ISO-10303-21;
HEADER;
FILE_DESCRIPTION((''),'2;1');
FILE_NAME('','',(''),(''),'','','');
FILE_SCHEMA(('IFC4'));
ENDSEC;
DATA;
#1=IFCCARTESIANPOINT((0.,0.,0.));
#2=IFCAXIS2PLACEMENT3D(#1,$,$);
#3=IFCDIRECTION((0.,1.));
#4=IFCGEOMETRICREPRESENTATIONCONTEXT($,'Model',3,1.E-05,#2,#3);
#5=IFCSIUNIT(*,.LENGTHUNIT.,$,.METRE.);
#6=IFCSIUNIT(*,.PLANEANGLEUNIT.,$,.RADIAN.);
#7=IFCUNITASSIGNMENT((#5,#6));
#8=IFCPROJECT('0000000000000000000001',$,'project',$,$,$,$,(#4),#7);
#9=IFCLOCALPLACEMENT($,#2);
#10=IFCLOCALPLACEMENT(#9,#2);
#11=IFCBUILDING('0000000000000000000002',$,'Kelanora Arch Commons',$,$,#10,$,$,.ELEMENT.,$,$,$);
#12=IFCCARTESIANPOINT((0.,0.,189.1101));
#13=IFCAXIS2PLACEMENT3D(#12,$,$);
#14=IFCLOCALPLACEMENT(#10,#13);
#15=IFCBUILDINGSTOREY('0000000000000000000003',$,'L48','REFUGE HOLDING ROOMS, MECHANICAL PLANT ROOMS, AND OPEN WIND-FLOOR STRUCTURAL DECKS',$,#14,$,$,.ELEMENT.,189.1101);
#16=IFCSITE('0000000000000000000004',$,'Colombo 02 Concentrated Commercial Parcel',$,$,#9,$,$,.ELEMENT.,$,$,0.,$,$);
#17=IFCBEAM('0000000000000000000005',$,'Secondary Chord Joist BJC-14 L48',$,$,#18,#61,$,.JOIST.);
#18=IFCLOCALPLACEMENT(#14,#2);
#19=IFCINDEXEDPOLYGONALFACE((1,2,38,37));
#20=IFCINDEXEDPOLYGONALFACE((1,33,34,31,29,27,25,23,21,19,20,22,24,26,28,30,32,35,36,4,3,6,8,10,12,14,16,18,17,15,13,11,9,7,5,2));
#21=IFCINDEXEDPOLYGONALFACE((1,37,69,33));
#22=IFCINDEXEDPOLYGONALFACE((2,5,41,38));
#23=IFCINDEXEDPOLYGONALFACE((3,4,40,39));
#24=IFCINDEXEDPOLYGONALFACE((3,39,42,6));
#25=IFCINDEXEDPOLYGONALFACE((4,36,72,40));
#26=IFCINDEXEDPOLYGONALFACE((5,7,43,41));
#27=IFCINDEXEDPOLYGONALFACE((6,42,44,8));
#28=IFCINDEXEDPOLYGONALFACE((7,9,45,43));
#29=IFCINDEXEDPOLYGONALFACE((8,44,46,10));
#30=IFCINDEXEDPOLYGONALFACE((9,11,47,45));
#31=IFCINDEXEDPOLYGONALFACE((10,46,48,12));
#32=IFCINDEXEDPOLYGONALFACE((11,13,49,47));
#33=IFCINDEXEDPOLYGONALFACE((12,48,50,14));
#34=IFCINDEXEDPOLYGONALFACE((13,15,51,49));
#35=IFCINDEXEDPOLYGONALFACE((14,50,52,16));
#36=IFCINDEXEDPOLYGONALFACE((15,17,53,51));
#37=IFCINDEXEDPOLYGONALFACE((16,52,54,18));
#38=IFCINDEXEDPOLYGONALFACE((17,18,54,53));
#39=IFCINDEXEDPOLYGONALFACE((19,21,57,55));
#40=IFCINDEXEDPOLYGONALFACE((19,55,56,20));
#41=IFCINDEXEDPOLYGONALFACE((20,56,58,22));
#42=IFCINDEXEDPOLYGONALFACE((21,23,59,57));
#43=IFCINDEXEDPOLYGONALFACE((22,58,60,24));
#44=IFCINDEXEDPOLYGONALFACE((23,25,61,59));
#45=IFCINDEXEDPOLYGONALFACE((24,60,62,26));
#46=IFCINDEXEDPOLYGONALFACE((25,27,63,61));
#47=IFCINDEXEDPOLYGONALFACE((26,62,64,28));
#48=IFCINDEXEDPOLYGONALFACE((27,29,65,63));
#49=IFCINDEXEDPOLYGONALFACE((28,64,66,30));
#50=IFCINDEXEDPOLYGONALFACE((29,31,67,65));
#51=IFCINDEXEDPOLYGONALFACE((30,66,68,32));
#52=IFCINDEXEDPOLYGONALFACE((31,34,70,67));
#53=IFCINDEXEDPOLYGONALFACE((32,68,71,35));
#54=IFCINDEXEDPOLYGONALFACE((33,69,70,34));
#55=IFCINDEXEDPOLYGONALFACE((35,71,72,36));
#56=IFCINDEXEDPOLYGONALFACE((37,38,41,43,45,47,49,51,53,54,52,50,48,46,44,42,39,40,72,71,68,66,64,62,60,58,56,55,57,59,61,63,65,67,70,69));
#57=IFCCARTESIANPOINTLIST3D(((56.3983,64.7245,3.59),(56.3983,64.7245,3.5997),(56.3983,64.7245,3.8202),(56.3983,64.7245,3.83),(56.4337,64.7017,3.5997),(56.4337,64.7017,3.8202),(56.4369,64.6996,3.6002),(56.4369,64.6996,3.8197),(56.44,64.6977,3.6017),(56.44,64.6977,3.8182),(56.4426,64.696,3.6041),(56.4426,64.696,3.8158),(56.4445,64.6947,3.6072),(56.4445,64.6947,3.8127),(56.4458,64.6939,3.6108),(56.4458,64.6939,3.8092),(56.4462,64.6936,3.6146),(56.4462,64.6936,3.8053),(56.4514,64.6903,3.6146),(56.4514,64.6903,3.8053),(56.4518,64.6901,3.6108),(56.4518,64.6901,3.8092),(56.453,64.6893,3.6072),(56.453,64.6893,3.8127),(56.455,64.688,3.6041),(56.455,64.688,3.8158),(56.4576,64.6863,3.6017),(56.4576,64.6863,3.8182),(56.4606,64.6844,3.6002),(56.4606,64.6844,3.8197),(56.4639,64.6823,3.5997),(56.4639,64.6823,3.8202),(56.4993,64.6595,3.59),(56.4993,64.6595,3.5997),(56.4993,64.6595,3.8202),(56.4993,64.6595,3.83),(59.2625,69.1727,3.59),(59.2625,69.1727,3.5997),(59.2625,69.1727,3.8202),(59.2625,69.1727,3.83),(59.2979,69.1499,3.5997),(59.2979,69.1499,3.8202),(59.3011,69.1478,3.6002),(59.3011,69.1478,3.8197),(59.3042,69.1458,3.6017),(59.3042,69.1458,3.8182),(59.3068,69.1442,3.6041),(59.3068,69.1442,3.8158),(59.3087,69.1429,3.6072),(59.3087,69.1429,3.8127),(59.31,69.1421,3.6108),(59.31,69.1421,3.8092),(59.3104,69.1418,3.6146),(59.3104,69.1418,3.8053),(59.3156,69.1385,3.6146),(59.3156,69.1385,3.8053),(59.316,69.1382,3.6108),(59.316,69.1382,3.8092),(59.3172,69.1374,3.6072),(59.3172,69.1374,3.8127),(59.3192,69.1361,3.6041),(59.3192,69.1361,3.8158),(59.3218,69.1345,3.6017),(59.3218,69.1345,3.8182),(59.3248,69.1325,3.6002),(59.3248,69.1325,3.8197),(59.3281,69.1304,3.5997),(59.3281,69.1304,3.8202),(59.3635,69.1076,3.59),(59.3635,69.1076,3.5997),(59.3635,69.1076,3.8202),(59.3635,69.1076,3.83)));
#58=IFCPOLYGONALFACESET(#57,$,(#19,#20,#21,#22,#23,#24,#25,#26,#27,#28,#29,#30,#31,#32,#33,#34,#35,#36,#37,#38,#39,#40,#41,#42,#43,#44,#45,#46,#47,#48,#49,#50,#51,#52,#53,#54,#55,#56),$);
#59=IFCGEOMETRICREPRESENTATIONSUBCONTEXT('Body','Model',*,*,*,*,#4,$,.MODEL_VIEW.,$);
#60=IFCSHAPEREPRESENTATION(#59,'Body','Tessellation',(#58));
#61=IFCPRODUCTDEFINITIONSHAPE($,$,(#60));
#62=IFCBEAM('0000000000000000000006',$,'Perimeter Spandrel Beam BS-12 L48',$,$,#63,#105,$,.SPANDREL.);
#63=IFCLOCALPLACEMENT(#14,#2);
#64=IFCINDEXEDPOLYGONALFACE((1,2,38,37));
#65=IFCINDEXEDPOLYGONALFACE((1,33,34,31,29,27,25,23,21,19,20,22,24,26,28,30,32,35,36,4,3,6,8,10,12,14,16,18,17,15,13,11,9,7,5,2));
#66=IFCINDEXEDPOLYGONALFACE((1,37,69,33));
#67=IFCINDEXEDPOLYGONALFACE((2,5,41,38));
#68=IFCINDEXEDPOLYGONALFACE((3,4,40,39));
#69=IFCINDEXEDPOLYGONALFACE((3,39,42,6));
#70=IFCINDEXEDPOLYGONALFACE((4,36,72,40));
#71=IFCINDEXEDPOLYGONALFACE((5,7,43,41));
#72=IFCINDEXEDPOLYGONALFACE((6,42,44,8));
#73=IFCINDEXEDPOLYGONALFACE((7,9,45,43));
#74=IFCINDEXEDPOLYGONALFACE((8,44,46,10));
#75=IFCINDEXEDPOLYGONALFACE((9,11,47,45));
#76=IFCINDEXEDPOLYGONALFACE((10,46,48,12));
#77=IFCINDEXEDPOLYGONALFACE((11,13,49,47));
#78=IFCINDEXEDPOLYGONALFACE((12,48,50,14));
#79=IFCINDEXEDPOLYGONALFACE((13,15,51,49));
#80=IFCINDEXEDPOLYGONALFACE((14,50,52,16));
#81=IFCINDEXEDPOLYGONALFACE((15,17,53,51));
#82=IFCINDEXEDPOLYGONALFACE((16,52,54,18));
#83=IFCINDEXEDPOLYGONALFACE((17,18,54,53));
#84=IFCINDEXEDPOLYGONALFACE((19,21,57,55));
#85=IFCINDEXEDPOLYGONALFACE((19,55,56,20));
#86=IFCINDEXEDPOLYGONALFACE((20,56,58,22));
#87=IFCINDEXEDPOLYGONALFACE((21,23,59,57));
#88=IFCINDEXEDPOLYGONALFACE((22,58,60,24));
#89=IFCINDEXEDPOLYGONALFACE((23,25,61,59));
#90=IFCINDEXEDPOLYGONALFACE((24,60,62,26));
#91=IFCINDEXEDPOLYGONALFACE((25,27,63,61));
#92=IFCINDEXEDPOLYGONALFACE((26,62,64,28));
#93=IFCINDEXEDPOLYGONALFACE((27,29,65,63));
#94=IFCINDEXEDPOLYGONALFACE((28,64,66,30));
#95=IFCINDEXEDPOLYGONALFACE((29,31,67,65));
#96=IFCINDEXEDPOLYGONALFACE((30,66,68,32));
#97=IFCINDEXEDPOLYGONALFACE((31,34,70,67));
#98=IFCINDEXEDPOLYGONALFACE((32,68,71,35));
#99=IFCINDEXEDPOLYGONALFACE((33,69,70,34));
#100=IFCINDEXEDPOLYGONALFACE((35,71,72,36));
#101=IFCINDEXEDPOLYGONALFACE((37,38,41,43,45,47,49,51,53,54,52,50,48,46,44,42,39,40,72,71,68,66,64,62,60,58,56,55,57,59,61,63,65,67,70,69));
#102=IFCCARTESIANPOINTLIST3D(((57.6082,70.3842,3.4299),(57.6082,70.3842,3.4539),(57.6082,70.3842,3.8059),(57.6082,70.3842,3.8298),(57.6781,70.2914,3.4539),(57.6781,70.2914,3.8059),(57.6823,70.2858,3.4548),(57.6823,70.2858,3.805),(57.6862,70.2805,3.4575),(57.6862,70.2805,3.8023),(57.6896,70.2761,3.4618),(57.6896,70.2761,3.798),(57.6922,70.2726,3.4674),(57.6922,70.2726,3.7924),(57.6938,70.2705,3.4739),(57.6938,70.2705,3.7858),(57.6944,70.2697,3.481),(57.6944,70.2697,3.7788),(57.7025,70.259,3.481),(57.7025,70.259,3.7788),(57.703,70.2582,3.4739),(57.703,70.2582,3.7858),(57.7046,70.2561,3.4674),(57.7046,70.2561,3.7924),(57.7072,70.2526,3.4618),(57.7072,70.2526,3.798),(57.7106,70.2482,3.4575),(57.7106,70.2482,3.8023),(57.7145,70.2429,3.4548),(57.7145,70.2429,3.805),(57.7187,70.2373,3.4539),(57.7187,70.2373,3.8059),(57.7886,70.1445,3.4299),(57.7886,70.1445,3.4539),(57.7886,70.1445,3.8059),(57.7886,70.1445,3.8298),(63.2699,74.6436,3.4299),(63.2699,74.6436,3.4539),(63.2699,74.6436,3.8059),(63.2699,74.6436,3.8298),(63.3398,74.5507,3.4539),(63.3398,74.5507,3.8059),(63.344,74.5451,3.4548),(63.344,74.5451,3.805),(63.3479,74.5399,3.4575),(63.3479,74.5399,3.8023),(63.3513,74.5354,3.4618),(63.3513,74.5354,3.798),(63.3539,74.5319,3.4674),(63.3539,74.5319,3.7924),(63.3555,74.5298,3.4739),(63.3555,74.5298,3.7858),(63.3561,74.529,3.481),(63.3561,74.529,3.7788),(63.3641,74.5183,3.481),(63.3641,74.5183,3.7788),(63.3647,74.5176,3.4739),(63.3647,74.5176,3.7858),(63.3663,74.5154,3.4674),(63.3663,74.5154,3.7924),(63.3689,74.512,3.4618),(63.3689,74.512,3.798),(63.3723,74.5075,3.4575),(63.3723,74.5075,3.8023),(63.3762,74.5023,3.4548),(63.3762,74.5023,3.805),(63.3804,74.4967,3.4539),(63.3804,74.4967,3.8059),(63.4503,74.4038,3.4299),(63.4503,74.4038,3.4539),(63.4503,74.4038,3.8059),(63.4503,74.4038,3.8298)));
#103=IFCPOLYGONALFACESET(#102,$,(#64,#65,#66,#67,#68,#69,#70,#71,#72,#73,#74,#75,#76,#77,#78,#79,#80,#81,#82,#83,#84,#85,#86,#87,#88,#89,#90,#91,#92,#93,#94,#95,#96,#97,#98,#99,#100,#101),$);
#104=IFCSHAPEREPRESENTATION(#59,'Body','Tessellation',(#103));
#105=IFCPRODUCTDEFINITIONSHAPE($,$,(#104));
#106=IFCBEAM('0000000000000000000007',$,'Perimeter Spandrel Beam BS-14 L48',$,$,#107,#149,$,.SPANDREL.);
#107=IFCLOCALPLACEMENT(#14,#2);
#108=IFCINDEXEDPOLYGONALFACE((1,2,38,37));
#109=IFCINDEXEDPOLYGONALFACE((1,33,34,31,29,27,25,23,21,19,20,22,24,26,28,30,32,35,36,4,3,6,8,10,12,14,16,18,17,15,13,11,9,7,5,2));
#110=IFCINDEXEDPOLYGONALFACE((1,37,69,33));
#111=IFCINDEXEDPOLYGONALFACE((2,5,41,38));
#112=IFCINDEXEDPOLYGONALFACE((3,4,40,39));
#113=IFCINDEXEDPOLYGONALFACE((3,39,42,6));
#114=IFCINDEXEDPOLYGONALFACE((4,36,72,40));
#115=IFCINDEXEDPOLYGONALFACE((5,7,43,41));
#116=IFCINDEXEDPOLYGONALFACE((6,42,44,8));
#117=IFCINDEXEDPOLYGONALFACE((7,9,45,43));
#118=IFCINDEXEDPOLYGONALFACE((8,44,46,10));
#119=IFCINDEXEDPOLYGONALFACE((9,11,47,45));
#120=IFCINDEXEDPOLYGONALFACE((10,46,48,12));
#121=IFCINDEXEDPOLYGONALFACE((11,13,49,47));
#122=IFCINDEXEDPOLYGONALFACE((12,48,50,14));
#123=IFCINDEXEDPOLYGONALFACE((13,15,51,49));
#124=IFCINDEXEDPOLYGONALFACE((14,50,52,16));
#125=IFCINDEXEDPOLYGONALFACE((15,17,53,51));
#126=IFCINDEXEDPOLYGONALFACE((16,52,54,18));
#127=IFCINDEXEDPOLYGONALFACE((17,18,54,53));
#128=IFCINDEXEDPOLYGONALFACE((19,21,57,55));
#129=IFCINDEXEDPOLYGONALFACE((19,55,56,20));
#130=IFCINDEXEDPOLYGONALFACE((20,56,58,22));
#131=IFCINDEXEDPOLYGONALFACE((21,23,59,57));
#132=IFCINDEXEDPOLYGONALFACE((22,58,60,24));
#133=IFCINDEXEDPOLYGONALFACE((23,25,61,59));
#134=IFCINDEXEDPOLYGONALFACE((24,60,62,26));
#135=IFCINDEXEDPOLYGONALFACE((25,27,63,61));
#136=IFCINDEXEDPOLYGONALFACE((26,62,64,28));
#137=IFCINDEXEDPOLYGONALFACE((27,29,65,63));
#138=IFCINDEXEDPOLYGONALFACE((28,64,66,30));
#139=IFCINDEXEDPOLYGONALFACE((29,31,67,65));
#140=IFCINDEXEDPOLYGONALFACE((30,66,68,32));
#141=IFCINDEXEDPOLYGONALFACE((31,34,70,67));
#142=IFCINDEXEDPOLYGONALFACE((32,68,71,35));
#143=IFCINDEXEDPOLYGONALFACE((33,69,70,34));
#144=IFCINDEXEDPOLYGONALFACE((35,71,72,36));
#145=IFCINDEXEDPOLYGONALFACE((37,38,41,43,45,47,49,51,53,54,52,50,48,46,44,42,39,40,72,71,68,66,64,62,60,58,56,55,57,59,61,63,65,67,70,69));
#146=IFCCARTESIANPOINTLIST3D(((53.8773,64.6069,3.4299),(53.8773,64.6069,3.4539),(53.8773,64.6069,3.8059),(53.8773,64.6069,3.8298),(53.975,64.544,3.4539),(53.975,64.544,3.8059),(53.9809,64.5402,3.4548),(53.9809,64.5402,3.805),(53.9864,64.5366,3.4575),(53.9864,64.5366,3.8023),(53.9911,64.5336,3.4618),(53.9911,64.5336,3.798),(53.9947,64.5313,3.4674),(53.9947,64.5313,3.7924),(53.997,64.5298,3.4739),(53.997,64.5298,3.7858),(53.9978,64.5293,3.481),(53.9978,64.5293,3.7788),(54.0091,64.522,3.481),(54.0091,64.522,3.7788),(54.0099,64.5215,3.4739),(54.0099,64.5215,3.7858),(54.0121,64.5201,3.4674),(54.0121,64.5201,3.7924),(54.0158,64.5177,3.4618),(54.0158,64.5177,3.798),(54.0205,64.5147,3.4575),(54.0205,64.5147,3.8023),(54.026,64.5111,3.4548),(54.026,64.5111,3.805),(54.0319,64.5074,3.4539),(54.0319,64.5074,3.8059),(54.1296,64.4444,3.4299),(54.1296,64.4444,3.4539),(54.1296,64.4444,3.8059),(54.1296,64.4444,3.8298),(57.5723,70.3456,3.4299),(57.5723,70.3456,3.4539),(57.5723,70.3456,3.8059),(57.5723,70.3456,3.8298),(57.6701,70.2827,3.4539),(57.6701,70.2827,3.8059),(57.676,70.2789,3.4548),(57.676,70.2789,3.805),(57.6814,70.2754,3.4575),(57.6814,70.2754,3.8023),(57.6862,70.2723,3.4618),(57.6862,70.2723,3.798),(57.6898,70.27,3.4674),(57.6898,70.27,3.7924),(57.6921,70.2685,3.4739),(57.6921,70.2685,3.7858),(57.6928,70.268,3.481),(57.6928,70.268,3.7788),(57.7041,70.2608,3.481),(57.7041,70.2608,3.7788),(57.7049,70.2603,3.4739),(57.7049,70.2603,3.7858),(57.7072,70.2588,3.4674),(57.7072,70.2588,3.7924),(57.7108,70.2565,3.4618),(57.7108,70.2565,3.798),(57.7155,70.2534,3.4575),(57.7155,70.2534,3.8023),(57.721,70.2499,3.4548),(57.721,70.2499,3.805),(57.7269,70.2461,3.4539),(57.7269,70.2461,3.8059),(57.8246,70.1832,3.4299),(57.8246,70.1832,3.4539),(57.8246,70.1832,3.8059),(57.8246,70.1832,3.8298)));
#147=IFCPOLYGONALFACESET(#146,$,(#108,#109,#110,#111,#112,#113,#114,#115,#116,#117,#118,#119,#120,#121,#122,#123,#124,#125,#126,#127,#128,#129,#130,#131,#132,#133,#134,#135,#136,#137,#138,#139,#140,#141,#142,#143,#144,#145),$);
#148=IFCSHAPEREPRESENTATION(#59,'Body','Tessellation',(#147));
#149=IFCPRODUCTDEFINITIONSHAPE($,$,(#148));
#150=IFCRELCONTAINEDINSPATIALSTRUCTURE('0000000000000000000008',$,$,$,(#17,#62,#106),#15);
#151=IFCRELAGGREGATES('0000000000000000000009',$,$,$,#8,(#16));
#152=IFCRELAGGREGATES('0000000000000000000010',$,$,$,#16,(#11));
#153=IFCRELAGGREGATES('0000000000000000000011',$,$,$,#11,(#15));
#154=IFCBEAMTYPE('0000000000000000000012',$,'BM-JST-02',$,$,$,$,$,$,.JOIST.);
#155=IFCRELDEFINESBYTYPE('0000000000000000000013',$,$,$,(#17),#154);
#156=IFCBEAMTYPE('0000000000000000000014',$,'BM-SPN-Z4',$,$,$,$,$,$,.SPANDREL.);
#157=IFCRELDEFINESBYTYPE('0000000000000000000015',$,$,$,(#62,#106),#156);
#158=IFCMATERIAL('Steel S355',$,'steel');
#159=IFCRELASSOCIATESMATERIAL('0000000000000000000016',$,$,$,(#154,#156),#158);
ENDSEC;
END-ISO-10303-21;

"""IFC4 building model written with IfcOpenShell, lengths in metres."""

from ifc_helpers import new_model, si_unit, direction, frame, origin, origin_2d, place, context, subcontext, project, spatial, i_section, extrude, material, material_profile, profile_set, type_object, element, save


model = new_model("IFC4")

# Units and contexts
model_context = context("Model", 3, precision=1e-05, world=origin(), true_north=direction((0.0, 1.0)))
body_context = subcontext(model_context, "Body", "Model", "MODEL_VIEW")
ifc_project = project(units=[si_unit("LENGTHUNIT", "METRE"), si_unit("PLANEANGLEUNIT", "RADIAN")], contexts=[model_context])

# Site, building, storey
site_placement = place(None, origin())
site = spatial("IfcSite", under=ifc_project, at=site_placement, Name="Colombo 02 Concentrated Commercial Parcel", CompositionType="ELEMENT", RefElevation=0.0)
building_placement = place(site_placement, origin())
building = spatial("IfcBuilding", under=site, at=building_placement, Name="Kelanora Arch Commons", CompositionType="ELEMENT")
storey_placement = place(building_placement, frame((0.0, 0.0, 189.1101)))
storey = spatial("IfcBuildingStorey", under=building, at=storey_placement, Name="L48", Description="REFUGE HOLDING ROOMS, MECHANICAL PLANT ROOMS, AND OPEN WIND-FLOOR STRUCTURAL DECKS", CompositionType="ELEMENT", Elevation=189.1101)

# Beams
ifc_material_1 = material(Name="Steel S355", Category="steel")
ifc_material_profile_1 = material_profile(ifc_material_1, i_section(OverallWidth=0.1201, OverallDepth=0.24, WebThickness=0.0061, FlangeThickness=0.0098, FilletRadius=0.0149, at=origin_2d()), Name="IPE240")
ifc_profile_set_1 = profile_set([ifc_material_profile_1], Name="Steel S355")
beam_type_1 = type_object("IfcBeamType", Name="BM-JST-02", PredefinedType="JOIST", material=ifc_profile_set_1)
beam_1_placement = place(storey_placement, frame((59.313, 69.1401, 3.71), z_axis=(-0.541382, -0.840776, 0.0), x_axis=(0.840776, -0.541382, 0.0)))
element("IfcBeam", 1, at=beam_1_placement, inside=storey, type_object=beam_type_1, Name="Secondary Chord Joist BJC-14 L48", PredefinedType="JOIST", context=body_context, shape_type="SweptSolid", body=[
    extrude(i_section(OverallWidth=0.1201, OverallDepth=0.24, WebThickness=0.0061, FlangeThickness=0.0098, FilletRadius=0.0149, at=origin_2d()), origin(), (0.0, 0.0, 1.0), 5.2905),
])
ifc_material_profile_2 = material_profile(ifc_material_1, i_section(OverallWidth=0.3, OverallDepth=0.3999, WebThickness=0.0134, FlangeThickness=0.0239, FilletRadius=0.0271, at=origin_2d()), Name="HEB400")
ifc_profile_set_2 = profile_set([ifc_material_profile_2], Name="Steel S355")
beam_type_2 = type_object("IfcBeamType", Name="BM-SPN-Z4", PredefinedType="SPANDREL", material=ifc_profile_set_2)
beam_2_placement = place(storey_placement, frame((63.3601, 74.5237, 3.6299), z_axis=(-0.799114, -0.601179, 0.0), x_axis=(0.601179, -0.799114, 0.0)))
element("IfcBeam", 2, at=beam_2_placement, inside=storey, type_object=beam_type_2, Name="Perimeter Spandrel Beam BS-12 L48", PredefinedType="SPANDREL", context=body_context, shape_type="SweptSolid", body=[
    extrude(i_section(OverallWidth=0.3, OverallDepth=0.3999, WebThickness=0.0134, FlangeThickness=0.0239, FilletRadius=0.0271, at=origin_2d()), origin(), (0.0, 0.0, 1.0), 7.085),
])
beam_3_placement = place(storey_placement, frame((57.6985, 70.2644, 3.6299), z_axis=(-0.541365, -0.840788, 0.0), x_axis=(0.840788, -0.541365, 0.0)))
element("IfcBeam", 3, at=beam_3_placement, inside=storey, type_object=beam_type_2, Name="Perimeter Spandrel Beam BS-14 L48", PredefinedType="SPANDREL", context=body_context, shape_type="SweptSolid", body=[
    extrude(i_section(OverallWidth=0.3, OverallDepth=0.3999, WebThickness=0.0134, FlangeThickness=0.0239, FilletRadius=0.0271, at=origin_2d()), origin(), (0.0, 0.0, 1.0), 6.8254),
])

save(model, "model.ifc")
